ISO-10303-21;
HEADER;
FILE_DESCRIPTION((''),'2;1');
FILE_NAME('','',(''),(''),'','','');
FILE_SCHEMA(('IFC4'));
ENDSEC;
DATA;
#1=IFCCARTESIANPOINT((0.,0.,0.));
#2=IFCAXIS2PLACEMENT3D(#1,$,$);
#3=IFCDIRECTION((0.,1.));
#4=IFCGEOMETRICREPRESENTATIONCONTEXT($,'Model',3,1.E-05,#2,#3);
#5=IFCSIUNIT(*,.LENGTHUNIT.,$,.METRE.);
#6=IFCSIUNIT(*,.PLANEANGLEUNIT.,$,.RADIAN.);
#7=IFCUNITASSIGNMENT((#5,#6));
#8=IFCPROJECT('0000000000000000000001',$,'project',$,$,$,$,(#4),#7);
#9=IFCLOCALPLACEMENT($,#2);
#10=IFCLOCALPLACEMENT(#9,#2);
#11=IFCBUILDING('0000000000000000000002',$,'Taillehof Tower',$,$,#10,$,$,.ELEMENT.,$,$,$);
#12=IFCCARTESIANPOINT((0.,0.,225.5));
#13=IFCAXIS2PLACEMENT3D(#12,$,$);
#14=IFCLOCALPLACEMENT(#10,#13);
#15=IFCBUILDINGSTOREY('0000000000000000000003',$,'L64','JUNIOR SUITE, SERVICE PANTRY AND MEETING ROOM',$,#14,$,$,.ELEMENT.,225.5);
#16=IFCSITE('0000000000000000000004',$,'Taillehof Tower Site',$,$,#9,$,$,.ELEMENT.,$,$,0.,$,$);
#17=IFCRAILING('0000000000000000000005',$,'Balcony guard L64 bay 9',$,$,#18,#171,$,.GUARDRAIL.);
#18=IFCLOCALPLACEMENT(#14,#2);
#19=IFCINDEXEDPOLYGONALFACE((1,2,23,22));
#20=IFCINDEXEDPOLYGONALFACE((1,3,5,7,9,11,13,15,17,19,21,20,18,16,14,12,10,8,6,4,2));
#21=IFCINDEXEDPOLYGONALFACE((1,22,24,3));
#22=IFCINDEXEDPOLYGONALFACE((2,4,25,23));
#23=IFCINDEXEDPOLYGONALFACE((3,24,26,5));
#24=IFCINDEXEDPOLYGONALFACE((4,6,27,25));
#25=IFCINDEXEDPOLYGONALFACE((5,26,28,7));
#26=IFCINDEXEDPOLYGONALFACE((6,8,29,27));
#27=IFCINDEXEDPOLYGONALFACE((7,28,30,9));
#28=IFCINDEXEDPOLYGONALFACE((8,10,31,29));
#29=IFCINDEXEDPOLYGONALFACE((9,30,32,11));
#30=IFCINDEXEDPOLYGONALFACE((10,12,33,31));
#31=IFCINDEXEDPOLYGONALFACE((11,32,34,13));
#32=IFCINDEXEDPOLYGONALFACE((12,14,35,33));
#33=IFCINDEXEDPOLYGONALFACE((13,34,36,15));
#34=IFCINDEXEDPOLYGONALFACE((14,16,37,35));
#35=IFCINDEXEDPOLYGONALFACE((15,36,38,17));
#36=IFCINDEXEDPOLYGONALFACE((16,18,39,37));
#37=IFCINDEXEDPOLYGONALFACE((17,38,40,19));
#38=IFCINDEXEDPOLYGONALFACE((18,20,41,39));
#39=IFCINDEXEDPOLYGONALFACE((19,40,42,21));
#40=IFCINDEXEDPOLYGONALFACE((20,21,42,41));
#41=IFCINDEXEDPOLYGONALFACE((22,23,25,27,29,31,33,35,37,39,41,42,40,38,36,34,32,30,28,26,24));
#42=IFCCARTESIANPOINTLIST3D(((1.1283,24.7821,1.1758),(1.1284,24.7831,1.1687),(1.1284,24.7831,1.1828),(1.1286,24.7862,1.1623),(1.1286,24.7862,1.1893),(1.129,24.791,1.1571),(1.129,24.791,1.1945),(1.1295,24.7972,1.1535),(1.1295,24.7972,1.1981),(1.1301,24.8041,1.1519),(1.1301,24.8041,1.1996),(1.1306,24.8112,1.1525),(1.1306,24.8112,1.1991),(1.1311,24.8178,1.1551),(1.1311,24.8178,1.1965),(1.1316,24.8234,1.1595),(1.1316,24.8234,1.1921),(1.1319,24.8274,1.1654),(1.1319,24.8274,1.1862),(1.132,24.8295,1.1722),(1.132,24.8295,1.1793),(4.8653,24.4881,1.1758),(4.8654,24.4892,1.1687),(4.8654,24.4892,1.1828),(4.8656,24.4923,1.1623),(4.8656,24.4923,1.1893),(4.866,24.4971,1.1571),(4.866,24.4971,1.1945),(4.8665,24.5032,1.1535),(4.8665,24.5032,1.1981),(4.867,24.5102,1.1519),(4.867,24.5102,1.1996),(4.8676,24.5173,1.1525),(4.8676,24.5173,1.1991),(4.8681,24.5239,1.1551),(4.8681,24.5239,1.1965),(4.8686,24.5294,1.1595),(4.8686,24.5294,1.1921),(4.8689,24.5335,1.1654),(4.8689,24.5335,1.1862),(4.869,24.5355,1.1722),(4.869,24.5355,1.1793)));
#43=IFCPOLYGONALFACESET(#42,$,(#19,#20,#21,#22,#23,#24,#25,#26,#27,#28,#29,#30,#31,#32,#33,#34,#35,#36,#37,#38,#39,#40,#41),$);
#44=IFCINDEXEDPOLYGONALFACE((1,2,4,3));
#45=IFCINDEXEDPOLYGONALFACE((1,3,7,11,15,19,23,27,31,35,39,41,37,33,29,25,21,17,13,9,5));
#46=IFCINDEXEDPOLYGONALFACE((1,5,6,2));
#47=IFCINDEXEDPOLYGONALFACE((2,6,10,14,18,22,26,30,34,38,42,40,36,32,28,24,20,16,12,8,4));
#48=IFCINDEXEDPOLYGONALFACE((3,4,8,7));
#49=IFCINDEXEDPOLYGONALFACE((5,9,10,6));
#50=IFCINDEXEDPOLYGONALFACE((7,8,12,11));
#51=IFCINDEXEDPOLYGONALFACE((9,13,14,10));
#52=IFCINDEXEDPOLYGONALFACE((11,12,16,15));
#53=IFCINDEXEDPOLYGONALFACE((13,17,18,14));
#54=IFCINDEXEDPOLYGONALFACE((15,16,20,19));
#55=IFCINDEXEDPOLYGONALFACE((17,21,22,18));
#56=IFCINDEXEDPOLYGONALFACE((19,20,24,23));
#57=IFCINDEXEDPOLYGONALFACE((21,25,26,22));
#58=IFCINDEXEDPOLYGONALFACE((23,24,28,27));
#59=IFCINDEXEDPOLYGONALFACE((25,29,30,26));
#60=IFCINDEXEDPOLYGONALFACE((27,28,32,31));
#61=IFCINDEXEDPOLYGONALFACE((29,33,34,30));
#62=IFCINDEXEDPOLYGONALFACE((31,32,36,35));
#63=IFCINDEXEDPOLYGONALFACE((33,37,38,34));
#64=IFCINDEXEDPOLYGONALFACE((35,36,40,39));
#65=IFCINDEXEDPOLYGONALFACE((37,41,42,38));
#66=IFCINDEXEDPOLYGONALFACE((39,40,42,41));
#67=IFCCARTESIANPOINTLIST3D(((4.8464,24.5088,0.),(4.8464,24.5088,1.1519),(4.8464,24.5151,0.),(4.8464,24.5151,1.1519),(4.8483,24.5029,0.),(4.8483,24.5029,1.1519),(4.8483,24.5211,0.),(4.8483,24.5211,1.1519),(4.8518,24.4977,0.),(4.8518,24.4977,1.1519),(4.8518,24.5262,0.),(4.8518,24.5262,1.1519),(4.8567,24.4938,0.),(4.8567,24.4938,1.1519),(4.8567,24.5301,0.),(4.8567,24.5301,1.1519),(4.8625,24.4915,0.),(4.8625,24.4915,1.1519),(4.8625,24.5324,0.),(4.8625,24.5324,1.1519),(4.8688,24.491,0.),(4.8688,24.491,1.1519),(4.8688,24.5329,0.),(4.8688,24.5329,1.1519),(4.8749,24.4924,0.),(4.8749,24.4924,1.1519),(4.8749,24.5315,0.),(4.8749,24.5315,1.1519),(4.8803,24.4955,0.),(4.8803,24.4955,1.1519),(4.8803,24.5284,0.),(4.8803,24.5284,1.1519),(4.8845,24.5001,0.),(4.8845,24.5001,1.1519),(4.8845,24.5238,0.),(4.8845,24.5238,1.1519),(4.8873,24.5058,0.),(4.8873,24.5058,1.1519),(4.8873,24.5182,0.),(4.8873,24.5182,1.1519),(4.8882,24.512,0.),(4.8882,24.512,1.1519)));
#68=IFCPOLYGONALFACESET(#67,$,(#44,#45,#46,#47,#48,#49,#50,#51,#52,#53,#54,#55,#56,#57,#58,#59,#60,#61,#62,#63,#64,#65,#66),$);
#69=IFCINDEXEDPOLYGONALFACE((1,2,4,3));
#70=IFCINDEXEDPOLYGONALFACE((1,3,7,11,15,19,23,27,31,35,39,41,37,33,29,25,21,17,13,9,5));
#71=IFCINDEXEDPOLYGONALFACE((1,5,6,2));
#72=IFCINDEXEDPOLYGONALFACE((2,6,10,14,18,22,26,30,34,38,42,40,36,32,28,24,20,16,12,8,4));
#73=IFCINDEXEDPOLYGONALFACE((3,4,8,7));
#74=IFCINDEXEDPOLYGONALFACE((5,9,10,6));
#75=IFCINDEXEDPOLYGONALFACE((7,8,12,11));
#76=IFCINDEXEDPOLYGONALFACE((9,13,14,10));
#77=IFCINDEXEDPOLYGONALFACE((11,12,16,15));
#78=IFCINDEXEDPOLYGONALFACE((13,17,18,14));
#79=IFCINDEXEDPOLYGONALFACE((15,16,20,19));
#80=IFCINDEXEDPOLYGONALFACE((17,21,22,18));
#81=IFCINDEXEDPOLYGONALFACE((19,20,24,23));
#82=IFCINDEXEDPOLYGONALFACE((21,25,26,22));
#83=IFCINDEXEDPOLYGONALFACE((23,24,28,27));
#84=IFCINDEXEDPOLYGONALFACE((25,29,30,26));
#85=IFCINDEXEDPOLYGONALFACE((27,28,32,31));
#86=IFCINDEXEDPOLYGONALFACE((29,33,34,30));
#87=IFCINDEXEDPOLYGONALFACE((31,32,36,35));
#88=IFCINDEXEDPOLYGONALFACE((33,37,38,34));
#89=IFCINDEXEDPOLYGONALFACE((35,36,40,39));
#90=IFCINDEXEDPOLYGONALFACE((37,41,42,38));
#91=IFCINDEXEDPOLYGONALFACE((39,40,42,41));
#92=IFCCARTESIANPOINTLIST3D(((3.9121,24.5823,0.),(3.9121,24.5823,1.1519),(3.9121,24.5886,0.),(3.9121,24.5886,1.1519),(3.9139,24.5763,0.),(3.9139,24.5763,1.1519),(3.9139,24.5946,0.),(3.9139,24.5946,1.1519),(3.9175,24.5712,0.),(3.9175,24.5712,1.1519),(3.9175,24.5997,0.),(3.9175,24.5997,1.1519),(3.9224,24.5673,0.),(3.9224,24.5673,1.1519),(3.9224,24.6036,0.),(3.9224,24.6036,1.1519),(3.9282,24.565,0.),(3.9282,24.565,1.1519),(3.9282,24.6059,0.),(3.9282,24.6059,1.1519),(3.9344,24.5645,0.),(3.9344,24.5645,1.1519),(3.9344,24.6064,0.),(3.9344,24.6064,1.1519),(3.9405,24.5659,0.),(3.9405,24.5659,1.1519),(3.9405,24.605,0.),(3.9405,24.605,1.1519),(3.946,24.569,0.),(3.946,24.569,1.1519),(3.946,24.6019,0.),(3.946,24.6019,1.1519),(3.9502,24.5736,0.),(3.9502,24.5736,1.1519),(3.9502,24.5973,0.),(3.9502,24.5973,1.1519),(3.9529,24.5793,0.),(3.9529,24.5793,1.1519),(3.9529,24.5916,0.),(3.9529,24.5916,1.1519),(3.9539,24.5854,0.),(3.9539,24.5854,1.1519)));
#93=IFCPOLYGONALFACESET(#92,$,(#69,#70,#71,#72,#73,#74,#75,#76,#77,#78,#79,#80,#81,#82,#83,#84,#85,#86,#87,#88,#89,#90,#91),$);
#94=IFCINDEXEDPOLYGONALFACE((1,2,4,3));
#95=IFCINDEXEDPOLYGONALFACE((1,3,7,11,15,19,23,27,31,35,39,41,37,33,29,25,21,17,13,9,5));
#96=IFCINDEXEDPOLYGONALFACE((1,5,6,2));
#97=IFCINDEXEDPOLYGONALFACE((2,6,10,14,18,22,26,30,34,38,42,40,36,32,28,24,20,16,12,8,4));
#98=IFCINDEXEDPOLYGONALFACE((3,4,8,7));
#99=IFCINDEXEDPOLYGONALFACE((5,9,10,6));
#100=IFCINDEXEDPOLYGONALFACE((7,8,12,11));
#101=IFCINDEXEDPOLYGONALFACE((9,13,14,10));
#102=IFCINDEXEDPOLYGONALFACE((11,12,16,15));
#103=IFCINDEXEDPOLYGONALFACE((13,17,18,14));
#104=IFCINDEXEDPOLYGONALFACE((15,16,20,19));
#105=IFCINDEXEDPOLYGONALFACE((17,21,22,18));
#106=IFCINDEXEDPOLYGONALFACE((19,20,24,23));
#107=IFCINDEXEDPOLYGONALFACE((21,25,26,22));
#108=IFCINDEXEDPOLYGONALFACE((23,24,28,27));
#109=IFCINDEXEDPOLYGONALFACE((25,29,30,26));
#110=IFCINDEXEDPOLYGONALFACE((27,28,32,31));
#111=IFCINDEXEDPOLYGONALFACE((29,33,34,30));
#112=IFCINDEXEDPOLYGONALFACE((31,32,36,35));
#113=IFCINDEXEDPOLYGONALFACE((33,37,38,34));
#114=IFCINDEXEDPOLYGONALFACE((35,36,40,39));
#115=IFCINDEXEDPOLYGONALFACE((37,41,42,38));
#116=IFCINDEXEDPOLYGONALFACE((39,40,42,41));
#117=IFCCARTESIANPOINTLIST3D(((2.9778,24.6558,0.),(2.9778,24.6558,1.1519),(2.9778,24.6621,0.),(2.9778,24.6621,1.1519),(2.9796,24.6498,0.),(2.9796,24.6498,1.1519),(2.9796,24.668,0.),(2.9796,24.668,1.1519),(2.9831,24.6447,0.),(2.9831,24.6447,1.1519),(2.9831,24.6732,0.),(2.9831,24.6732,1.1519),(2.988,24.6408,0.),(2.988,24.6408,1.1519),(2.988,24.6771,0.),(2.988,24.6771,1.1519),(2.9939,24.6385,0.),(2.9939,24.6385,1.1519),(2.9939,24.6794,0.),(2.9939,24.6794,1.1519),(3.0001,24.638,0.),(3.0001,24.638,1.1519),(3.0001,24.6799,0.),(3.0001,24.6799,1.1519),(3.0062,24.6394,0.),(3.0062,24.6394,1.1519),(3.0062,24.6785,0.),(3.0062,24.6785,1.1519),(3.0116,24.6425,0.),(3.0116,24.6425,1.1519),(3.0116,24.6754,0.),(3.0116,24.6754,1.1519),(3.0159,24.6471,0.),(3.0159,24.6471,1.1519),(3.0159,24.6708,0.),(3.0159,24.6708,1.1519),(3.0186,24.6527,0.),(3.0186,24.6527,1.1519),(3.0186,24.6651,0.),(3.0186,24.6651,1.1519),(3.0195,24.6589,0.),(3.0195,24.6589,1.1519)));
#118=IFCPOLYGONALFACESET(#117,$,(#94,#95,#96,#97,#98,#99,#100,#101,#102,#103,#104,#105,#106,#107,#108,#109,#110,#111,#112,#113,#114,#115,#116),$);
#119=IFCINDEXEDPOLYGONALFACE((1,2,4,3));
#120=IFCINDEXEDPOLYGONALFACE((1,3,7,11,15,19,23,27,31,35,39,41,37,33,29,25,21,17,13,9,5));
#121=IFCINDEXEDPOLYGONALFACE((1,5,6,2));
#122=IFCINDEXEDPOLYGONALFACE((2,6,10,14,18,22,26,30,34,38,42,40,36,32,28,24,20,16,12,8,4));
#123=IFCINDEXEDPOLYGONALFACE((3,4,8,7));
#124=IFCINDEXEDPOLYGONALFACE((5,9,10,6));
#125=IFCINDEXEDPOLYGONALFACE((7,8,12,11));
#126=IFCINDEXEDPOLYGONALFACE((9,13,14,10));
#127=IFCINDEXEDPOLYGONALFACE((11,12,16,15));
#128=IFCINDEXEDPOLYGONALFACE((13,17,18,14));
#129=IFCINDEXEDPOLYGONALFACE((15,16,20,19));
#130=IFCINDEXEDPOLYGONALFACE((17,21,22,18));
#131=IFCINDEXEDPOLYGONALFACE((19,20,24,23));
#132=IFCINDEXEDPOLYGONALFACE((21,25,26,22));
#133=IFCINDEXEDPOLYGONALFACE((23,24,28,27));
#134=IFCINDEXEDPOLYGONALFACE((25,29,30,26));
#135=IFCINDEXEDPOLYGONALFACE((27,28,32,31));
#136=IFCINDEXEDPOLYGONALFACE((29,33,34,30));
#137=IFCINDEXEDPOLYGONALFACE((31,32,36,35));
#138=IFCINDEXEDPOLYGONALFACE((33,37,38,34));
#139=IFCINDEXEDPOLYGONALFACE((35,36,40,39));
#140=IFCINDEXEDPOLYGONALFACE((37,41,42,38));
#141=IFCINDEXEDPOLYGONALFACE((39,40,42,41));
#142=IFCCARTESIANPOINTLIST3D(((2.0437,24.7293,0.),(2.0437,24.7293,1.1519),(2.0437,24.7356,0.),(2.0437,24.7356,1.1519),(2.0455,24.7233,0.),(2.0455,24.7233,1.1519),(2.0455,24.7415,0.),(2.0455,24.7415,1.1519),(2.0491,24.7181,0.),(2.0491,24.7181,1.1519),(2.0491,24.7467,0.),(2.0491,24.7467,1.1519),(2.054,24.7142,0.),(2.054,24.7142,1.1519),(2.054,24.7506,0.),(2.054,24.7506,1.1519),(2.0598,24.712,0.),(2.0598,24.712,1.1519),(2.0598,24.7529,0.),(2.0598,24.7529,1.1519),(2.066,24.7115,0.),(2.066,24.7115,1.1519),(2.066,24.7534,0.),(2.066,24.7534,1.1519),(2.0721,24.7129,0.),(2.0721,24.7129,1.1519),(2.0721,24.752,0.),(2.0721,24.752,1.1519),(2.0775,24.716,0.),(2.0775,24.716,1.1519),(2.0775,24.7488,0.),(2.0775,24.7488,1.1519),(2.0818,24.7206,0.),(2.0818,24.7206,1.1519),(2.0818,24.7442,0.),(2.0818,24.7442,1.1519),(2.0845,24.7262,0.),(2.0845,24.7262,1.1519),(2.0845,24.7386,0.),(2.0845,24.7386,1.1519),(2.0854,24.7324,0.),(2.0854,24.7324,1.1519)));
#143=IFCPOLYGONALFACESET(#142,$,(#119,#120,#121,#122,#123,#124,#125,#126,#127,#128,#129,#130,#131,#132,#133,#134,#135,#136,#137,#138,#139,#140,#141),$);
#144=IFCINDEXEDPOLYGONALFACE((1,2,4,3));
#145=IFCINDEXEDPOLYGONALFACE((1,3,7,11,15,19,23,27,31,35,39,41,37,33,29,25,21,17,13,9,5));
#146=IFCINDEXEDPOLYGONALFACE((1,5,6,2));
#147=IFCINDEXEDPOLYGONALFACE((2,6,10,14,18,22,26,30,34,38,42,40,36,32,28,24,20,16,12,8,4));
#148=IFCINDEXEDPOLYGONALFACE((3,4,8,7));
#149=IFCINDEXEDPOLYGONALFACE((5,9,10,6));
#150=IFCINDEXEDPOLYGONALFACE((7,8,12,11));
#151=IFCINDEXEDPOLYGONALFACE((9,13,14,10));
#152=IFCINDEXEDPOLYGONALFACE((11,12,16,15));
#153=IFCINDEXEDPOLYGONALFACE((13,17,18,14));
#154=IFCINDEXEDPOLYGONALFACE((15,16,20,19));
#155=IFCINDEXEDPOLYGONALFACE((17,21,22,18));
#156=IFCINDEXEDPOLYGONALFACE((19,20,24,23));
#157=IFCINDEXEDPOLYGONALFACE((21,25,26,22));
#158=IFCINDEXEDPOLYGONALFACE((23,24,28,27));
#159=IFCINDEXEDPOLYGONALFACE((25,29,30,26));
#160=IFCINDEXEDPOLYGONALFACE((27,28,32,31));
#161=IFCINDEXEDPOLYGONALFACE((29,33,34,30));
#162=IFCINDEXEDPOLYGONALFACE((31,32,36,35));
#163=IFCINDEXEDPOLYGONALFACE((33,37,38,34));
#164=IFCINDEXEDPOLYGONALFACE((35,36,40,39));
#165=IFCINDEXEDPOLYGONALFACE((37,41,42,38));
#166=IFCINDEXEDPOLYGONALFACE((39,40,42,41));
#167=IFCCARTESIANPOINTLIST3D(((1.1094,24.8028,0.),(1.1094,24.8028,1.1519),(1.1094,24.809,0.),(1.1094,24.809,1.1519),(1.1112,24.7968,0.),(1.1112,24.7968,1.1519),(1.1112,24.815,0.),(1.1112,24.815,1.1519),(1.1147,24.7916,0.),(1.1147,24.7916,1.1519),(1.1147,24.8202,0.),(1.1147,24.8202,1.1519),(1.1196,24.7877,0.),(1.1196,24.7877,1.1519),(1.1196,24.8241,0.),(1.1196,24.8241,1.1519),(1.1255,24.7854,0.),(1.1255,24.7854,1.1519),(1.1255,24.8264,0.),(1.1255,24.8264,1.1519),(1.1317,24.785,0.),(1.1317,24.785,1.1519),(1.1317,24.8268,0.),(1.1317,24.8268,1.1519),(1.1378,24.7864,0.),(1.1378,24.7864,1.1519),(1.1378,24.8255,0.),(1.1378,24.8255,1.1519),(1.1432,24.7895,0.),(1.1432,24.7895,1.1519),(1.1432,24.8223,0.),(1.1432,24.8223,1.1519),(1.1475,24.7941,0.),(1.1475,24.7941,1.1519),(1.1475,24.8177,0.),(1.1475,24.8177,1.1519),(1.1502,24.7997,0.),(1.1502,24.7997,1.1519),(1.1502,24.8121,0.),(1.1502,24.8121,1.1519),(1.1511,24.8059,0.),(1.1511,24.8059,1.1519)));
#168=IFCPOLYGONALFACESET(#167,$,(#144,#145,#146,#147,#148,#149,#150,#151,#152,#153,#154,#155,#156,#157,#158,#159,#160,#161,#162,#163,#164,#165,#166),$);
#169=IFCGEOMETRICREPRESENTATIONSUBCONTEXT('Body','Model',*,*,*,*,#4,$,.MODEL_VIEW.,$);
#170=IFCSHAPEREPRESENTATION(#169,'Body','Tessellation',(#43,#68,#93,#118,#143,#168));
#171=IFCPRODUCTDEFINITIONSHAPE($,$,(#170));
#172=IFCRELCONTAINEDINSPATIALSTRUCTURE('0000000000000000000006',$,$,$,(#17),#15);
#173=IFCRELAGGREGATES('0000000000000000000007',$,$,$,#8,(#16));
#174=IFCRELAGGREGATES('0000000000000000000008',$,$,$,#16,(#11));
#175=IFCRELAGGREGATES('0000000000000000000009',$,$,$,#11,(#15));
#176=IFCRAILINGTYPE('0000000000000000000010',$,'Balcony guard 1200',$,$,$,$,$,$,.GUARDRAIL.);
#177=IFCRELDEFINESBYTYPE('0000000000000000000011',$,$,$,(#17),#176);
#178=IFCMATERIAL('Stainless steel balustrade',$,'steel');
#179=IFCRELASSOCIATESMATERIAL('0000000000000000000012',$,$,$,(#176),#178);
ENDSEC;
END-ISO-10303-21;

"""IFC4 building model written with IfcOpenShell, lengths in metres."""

from ifc_helpers import new_model, si_unit, direction, frame, origin, origin_2d, place, context, subcontext, project, spatial, circle, extrude, material, type_object, element, save


model = new_model("IFC4")

# Units and contexts
model_context = context("Model", 3, precision=1e-05, world=origin(), true_north=direction((0.0, 1.0)))
body_context = subcontext(model_context, "Body", "Model", "MODEL_VIEW")
ifc_project = project(units=[si_unit("LENGTHUNIT", "METRE"), si_unit("PLANEANGLEUNIT", "RADIAN")], contexts=[model_context])

# Site, building, storey
site_placement = place(None, origin())
site = spatial("IfcSite", under=ifc_project, at=site_placement, Name="Taillehof Tower Site", CompositionType="ELEMENT", RefElevation=0.0)
building_placement = place(site_placement, origin())
building = spatial("IfcBuilding", under=site, at=building_placement, Name="Taillehof Tower", CompositionType="ELEMENT")
storey_placement = place(building_placement, frame((0.0, 0.0, 225.5)))
storey = spatial("IfcBuildingStorey", under=building, at=storey_placement, Name="L64", Description="JUNIOR SUITE, SERVICE PANTRY AND MEETING ROOM", CompositionType="ELEMENT", Elevation=225.5)

# Railing
ifc_material_1 = material(Name="Stainless steel balustrade", Category="steel")
railing_type = type_object("IfcRailingType", Name="Balcony guard 1200", PredefinedType="GUARDRAIL", material=ifc_material_1)
railing_1_placement = place(storey_placement, frame((4.8672, 24.512, 0.0)))
element("IfcRailing", 1, at=railing_1_placement, inside=storey, type_object=railing_type, Name="Balcony guard L64 bay 9", PredefinedType="GUARDRAIL", context=body_context, shape_type="SweptSolid", body=[
    extrude(circle(Radius=0.0239, at=origin_2d()), frame((0.0, 0.0, 1.1758), z_axis=(-0.996921, 0.078415, 0.0), x_axis=(-0.078415, -0.996921, 0.0)), (0.0, 0.0, 1.0), 3.7485),
    extrude(circle(Radius=0.021, at=origin_2d()), origin(), (0.0, 0.0, 1.0), 1.1519),
    extrude(circle(Radius=0.021, at=origin_2d()), frame((-0.9343, 0.0735, 0.0)), (0.0, 0.0, 1.0), 1.1519),
    extrude(circle(Radius=0.021, at=origin_2d()), frame((-1.8687, 0.147, 0.0)), (0.0, 0.0, 1.0), 1.1519),
    extrude(circle(Radius=0.021, at=origin_2d()), frame((-2.8027, 0.2205, 0.0)), (0.0, 0.0, 1.0), 1.1519),
    extrude(circle(Radius=0.021, at=origin_2d()), frame((-3.7371, 0.2939, 0.0)), (0.0, 0.0, 1.0), 1.1519),
])

save(model, "model.ifc")
